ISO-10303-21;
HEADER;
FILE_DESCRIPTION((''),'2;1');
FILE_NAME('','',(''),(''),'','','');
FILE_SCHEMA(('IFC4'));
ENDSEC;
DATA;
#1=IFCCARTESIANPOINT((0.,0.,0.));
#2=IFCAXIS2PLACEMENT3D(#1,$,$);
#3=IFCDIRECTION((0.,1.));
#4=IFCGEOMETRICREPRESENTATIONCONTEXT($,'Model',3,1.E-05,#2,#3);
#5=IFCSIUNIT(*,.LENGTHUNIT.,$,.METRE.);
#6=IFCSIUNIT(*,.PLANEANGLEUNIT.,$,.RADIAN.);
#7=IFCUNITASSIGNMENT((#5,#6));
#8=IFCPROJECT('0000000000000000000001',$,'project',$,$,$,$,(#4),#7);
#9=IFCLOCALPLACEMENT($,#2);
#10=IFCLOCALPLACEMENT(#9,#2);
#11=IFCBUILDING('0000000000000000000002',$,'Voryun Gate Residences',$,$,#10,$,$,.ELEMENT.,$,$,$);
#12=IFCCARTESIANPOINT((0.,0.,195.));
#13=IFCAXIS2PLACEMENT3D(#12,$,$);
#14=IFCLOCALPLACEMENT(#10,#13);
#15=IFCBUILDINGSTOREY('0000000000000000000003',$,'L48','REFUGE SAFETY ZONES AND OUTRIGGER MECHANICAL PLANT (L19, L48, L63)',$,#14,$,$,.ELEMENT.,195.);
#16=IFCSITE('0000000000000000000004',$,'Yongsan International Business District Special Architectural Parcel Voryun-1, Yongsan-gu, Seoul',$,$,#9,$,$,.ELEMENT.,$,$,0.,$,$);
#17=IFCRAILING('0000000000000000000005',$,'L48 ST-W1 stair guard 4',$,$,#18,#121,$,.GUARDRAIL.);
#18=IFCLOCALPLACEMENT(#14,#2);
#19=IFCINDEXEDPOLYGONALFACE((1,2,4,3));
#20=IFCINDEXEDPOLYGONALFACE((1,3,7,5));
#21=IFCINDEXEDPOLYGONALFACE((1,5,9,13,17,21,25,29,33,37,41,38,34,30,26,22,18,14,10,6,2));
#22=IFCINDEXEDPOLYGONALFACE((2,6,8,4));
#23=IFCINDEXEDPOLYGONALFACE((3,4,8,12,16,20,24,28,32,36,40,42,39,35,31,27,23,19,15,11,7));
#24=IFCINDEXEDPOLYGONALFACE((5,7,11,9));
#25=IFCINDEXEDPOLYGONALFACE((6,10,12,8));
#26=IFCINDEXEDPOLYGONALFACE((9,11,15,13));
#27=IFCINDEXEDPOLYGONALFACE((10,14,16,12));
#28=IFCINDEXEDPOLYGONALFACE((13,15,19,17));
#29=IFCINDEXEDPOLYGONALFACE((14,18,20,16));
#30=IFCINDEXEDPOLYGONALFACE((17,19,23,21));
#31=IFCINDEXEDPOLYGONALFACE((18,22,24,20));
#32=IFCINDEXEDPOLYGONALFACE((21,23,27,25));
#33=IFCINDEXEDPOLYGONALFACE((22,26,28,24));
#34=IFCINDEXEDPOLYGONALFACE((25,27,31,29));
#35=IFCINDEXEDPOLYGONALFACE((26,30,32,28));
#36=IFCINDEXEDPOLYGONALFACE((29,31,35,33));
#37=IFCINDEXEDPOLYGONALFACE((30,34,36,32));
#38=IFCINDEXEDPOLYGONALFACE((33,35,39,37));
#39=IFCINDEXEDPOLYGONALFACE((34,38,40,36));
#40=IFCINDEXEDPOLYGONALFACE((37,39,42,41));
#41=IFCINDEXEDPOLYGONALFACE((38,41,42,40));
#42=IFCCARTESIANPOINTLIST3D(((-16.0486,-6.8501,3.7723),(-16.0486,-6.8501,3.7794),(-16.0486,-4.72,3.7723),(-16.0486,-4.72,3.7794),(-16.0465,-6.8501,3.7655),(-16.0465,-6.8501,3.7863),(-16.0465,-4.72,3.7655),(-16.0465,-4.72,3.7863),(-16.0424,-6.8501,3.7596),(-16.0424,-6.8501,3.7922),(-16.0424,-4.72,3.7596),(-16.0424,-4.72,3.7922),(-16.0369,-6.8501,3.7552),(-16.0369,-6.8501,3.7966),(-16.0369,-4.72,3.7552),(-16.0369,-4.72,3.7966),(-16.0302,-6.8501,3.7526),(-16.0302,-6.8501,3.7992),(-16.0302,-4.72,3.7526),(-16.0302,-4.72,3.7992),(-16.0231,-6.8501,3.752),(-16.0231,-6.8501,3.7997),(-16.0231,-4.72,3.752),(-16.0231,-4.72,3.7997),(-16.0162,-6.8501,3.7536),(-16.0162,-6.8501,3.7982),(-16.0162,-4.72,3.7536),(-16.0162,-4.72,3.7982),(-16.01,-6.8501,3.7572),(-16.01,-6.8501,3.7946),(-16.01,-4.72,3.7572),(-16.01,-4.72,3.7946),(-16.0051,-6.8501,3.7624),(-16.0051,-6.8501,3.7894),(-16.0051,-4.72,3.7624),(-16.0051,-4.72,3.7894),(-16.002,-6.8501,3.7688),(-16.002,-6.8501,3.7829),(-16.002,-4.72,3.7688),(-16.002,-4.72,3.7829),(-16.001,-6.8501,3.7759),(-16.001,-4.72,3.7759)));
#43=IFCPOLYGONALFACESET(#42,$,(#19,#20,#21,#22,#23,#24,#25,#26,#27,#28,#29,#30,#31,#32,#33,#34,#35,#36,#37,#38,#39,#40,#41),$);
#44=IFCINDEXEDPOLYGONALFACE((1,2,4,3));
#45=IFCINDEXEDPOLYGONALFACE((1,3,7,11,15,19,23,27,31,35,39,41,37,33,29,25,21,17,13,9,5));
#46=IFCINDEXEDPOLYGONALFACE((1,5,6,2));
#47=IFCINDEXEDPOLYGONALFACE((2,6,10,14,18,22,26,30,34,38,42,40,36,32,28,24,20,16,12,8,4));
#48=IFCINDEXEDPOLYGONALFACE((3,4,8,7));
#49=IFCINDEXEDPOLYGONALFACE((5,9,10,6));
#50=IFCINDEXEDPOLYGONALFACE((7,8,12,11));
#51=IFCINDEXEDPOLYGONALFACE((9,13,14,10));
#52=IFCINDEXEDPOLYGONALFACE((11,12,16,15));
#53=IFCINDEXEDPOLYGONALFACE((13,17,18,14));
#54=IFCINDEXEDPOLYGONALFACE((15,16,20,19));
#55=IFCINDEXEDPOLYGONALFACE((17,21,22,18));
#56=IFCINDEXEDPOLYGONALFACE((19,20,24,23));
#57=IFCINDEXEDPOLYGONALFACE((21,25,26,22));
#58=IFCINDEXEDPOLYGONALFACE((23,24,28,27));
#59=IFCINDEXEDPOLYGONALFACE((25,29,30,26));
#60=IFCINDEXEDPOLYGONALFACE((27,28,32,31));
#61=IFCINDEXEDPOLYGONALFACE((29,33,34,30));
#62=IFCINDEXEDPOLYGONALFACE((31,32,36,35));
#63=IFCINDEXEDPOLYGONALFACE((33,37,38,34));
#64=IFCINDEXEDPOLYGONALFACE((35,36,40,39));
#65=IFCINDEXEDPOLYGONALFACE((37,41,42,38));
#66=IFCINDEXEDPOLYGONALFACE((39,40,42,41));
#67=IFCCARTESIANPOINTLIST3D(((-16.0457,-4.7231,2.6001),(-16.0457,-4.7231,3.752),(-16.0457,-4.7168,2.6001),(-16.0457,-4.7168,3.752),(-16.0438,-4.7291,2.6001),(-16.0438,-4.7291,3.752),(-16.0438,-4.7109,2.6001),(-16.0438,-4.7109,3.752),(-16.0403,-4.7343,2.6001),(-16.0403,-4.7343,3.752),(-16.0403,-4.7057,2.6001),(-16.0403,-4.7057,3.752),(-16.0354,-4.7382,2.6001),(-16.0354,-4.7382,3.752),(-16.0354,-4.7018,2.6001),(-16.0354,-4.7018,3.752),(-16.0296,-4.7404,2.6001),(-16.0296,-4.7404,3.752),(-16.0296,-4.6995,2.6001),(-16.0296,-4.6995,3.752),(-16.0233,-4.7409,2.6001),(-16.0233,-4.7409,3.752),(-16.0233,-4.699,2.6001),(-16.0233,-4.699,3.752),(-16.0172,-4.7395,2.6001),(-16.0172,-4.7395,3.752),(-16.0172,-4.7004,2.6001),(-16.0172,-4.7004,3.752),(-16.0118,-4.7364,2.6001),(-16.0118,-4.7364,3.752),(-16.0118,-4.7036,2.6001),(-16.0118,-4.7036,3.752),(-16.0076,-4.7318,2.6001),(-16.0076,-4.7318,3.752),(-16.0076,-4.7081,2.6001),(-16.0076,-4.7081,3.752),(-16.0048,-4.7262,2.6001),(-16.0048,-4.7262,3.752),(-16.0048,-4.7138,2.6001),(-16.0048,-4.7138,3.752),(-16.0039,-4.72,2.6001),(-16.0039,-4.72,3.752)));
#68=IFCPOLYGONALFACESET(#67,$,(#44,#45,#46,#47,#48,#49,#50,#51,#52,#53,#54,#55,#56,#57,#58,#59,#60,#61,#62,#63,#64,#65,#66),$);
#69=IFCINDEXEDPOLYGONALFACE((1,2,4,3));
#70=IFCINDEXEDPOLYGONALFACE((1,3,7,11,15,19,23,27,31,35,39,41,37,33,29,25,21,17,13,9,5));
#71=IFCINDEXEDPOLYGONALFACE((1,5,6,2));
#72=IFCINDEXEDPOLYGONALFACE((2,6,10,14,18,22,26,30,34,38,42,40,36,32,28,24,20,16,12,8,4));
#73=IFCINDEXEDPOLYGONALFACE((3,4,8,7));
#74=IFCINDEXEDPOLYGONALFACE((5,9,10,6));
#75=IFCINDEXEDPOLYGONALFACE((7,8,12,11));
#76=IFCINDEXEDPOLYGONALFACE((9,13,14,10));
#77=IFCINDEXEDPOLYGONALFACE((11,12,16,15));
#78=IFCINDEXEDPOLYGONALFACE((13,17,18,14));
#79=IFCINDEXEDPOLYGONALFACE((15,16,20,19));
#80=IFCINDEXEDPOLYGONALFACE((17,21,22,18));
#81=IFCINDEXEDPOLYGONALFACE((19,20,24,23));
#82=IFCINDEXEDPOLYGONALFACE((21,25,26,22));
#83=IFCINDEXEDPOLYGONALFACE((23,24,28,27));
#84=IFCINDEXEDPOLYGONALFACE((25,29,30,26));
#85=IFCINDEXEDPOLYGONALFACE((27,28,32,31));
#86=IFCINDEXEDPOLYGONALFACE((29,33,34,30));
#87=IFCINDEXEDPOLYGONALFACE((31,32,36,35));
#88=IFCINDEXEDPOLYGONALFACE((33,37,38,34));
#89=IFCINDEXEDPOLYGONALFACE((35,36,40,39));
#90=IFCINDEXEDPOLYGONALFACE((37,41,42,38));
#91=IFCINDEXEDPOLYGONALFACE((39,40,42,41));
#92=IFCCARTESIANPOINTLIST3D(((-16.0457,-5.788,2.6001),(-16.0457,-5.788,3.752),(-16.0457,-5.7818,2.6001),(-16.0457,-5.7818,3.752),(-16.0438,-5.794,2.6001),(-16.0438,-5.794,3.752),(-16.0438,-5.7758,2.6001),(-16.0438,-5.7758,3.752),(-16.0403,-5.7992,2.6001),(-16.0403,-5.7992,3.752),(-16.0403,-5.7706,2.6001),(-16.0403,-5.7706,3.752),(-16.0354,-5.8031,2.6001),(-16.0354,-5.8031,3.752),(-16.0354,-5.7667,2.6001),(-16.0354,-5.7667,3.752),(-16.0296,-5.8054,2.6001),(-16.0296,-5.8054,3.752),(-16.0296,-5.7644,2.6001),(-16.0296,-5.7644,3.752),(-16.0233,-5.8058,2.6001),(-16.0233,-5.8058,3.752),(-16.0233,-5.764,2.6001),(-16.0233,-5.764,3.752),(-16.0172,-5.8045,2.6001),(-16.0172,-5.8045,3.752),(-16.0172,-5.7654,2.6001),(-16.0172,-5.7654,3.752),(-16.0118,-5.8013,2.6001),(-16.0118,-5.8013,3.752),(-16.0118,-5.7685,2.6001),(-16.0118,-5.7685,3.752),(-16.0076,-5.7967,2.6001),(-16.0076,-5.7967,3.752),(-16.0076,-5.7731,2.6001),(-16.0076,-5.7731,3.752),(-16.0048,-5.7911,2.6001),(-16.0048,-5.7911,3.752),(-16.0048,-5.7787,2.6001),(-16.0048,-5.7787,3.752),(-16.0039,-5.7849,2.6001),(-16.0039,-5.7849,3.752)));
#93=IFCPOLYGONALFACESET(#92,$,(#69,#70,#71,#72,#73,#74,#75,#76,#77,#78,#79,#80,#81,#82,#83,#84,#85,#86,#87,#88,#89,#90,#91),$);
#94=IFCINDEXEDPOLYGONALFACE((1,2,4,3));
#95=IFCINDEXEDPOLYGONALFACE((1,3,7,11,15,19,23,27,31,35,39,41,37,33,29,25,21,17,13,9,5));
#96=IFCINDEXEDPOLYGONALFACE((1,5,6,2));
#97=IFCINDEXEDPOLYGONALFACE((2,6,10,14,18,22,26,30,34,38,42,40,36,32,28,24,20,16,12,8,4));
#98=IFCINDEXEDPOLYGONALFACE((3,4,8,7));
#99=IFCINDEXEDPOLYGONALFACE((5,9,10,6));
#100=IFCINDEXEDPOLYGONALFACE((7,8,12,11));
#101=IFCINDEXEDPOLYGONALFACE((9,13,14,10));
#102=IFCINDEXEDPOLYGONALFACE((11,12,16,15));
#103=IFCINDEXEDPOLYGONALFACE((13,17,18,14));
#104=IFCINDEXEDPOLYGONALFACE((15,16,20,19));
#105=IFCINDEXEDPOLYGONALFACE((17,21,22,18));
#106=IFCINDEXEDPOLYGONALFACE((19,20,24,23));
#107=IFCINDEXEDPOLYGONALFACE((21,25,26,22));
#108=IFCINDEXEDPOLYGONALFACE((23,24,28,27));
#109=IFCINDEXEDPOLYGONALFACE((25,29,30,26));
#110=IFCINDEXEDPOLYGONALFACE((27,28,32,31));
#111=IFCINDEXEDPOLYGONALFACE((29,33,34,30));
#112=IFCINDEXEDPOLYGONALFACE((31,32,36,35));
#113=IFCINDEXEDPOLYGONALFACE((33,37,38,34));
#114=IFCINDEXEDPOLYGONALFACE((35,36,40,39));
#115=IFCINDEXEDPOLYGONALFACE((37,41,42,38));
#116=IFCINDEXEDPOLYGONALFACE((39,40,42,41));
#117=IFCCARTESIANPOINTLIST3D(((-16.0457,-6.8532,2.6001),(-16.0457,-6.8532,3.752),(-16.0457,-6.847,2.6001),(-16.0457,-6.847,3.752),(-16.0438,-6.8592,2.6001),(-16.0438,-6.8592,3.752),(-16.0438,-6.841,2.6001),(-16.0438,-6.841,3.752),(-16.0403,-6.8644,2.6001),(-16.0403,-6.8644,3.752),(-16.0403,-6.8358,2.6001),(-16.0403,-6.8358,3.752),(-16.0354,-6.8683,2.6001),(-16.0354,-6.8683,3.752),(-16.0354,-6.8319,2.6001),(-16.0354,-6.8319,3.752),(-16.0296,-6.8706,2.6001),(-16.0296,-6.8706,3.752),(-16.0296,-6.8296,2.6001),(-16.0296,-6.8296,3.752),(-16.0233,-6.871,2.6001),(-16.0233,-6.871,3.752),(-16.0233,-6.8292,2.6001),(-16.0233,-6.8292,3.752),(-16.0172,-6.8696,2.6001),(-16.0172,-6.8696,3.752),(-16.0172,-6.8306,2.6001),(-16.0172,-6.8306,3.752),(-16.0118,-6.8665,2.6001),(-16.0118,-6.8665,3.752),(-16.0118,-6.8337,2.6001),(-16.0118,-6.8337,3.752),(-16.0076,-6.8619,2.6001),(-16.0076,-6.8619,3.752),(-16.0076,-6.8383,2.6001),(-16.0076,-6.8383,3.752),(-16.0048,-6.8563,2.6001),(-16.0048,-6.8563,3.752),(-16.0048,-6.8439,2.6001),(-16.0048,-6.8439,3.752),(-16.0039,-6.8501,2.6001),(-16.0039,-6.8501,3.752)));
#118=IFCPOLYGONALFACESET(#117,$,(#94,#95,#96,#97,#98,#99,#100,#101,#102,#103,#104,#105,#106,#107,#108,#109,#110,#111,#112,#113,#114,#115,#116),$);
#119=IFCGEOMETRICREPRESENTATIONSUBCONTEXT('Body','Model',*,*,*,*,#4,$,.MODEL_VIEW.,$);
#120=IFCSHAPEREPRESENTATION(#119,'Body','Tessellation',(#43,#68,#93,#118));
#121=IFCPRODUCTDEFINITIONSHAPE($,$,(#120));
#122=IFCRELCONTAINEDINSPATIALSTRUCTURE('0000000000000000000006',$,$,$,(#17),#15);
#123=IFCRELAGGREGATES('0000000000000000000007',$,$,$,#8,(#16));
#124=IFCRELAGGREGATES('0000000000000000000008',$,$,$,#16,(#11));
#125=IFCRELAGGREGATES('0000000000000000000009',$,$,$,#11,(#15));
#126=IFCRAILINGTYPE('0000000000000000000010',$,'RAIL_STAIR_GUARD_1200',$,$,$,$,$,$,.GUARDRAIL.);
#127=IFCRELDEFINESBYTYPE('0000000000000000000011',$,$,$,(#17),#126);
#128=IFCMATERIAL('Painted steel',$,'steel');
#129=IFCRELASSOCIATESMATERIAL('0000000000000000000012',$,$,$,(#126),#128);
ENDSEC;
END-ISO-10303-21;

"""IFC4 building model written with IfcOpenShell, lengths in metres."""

from ifc_helpers import new_model, si_unit, direction, frame, origin, origin_2d, place, context, subcontext, project, spatial, circle, extrude, material, type_object, element, save


model = new_model("IFC4")

# Units and contexts
model_context = context("Model", 3, precision=1e-05, world=origin(), true_north=direction((0.0, 1.0)))
body_context = subcontext(model_context, "Body", "Model", "MODEL_VIEW")
ifc_project = project(units=[si_unit("LENGTHUNIT", "METRE"), si_unit("PLANEANGLEUNIT", "RADIAN")], contexts=[model_context])

# Site, building, storey
site_placement = place(None, origin())
site = spatial("IfcSite", under=ifc_project, at=site_placement, Name="Yongsan International Business District Special Architectural Parcel Voryun-1, Yongsan-gu, Seoul", CompositionType="ELEMENT", RefElevation=0.0)
building_placement = place(site_placement, origin())
building = spatial("IfcBuilding", under=site, at=building_placement, Name="Voryun Gate Residences", CompositionType="ELEMENT")
storey_placement = place(building_placement, frame((0.0, 0.0, 195.0)))
storey = spatial("IfcBuildingStorey", under=building, at=storey_placement, Name="L48", Description="REFUGE SAFETY ZONES AND OUTRIGGER MECHANICAL PLANT (L19, L48, L63)", CompositionType="ELEMENT", Elevation=195.0)

# Railing
ifc_material_1 = material(Name="Painted steel", Category="steel")
railing_type_1 = type_object("IfcRailingType", Name="RAIL_STAIR_GUARD_1200", PredefinedType="GUARDRAIL", material=ifc_material_1)
railing_1_placement = place(storey_placement, frame((-16.0249, -4.72, 2.6001)))
element("IfcRailing", 1, at=railing_1_placement, inside=storey, type_object=railing_type_1, Name="L48 ST-W1 stair guard 4", PredefinedType="GUARDRAIL", context=body_context, shape_type="SweptSolid", body=[
    extrude(circle(Radius=0.0239, at=origin_2d()), frame((0.0, 0.0, 1.1758), z_axis=(0.0, -1.0, 0.0), x_axis=(1.0, 0.0, 0.0)), (0.0, 0.0, 1.0), 2.1301),
    extrude(circle(Radius=0.021, at=origin_2d()), origin(), (0.0, 0.0, 1.0), 1.1519),
    extrude(circle(Radius=0.021, at=origin_2d()), frame((0.0, -1.0649, 0.0)), (0.0, 0.0, 1.0), 1.1519),
    extrude(circle(Radius=0.021, at=origin_2d()), frame((0.0, -2.1301, 0.0)), (0.0, 0.0, 1.0), 1.1519),
])

save(model, "model.ifc")
